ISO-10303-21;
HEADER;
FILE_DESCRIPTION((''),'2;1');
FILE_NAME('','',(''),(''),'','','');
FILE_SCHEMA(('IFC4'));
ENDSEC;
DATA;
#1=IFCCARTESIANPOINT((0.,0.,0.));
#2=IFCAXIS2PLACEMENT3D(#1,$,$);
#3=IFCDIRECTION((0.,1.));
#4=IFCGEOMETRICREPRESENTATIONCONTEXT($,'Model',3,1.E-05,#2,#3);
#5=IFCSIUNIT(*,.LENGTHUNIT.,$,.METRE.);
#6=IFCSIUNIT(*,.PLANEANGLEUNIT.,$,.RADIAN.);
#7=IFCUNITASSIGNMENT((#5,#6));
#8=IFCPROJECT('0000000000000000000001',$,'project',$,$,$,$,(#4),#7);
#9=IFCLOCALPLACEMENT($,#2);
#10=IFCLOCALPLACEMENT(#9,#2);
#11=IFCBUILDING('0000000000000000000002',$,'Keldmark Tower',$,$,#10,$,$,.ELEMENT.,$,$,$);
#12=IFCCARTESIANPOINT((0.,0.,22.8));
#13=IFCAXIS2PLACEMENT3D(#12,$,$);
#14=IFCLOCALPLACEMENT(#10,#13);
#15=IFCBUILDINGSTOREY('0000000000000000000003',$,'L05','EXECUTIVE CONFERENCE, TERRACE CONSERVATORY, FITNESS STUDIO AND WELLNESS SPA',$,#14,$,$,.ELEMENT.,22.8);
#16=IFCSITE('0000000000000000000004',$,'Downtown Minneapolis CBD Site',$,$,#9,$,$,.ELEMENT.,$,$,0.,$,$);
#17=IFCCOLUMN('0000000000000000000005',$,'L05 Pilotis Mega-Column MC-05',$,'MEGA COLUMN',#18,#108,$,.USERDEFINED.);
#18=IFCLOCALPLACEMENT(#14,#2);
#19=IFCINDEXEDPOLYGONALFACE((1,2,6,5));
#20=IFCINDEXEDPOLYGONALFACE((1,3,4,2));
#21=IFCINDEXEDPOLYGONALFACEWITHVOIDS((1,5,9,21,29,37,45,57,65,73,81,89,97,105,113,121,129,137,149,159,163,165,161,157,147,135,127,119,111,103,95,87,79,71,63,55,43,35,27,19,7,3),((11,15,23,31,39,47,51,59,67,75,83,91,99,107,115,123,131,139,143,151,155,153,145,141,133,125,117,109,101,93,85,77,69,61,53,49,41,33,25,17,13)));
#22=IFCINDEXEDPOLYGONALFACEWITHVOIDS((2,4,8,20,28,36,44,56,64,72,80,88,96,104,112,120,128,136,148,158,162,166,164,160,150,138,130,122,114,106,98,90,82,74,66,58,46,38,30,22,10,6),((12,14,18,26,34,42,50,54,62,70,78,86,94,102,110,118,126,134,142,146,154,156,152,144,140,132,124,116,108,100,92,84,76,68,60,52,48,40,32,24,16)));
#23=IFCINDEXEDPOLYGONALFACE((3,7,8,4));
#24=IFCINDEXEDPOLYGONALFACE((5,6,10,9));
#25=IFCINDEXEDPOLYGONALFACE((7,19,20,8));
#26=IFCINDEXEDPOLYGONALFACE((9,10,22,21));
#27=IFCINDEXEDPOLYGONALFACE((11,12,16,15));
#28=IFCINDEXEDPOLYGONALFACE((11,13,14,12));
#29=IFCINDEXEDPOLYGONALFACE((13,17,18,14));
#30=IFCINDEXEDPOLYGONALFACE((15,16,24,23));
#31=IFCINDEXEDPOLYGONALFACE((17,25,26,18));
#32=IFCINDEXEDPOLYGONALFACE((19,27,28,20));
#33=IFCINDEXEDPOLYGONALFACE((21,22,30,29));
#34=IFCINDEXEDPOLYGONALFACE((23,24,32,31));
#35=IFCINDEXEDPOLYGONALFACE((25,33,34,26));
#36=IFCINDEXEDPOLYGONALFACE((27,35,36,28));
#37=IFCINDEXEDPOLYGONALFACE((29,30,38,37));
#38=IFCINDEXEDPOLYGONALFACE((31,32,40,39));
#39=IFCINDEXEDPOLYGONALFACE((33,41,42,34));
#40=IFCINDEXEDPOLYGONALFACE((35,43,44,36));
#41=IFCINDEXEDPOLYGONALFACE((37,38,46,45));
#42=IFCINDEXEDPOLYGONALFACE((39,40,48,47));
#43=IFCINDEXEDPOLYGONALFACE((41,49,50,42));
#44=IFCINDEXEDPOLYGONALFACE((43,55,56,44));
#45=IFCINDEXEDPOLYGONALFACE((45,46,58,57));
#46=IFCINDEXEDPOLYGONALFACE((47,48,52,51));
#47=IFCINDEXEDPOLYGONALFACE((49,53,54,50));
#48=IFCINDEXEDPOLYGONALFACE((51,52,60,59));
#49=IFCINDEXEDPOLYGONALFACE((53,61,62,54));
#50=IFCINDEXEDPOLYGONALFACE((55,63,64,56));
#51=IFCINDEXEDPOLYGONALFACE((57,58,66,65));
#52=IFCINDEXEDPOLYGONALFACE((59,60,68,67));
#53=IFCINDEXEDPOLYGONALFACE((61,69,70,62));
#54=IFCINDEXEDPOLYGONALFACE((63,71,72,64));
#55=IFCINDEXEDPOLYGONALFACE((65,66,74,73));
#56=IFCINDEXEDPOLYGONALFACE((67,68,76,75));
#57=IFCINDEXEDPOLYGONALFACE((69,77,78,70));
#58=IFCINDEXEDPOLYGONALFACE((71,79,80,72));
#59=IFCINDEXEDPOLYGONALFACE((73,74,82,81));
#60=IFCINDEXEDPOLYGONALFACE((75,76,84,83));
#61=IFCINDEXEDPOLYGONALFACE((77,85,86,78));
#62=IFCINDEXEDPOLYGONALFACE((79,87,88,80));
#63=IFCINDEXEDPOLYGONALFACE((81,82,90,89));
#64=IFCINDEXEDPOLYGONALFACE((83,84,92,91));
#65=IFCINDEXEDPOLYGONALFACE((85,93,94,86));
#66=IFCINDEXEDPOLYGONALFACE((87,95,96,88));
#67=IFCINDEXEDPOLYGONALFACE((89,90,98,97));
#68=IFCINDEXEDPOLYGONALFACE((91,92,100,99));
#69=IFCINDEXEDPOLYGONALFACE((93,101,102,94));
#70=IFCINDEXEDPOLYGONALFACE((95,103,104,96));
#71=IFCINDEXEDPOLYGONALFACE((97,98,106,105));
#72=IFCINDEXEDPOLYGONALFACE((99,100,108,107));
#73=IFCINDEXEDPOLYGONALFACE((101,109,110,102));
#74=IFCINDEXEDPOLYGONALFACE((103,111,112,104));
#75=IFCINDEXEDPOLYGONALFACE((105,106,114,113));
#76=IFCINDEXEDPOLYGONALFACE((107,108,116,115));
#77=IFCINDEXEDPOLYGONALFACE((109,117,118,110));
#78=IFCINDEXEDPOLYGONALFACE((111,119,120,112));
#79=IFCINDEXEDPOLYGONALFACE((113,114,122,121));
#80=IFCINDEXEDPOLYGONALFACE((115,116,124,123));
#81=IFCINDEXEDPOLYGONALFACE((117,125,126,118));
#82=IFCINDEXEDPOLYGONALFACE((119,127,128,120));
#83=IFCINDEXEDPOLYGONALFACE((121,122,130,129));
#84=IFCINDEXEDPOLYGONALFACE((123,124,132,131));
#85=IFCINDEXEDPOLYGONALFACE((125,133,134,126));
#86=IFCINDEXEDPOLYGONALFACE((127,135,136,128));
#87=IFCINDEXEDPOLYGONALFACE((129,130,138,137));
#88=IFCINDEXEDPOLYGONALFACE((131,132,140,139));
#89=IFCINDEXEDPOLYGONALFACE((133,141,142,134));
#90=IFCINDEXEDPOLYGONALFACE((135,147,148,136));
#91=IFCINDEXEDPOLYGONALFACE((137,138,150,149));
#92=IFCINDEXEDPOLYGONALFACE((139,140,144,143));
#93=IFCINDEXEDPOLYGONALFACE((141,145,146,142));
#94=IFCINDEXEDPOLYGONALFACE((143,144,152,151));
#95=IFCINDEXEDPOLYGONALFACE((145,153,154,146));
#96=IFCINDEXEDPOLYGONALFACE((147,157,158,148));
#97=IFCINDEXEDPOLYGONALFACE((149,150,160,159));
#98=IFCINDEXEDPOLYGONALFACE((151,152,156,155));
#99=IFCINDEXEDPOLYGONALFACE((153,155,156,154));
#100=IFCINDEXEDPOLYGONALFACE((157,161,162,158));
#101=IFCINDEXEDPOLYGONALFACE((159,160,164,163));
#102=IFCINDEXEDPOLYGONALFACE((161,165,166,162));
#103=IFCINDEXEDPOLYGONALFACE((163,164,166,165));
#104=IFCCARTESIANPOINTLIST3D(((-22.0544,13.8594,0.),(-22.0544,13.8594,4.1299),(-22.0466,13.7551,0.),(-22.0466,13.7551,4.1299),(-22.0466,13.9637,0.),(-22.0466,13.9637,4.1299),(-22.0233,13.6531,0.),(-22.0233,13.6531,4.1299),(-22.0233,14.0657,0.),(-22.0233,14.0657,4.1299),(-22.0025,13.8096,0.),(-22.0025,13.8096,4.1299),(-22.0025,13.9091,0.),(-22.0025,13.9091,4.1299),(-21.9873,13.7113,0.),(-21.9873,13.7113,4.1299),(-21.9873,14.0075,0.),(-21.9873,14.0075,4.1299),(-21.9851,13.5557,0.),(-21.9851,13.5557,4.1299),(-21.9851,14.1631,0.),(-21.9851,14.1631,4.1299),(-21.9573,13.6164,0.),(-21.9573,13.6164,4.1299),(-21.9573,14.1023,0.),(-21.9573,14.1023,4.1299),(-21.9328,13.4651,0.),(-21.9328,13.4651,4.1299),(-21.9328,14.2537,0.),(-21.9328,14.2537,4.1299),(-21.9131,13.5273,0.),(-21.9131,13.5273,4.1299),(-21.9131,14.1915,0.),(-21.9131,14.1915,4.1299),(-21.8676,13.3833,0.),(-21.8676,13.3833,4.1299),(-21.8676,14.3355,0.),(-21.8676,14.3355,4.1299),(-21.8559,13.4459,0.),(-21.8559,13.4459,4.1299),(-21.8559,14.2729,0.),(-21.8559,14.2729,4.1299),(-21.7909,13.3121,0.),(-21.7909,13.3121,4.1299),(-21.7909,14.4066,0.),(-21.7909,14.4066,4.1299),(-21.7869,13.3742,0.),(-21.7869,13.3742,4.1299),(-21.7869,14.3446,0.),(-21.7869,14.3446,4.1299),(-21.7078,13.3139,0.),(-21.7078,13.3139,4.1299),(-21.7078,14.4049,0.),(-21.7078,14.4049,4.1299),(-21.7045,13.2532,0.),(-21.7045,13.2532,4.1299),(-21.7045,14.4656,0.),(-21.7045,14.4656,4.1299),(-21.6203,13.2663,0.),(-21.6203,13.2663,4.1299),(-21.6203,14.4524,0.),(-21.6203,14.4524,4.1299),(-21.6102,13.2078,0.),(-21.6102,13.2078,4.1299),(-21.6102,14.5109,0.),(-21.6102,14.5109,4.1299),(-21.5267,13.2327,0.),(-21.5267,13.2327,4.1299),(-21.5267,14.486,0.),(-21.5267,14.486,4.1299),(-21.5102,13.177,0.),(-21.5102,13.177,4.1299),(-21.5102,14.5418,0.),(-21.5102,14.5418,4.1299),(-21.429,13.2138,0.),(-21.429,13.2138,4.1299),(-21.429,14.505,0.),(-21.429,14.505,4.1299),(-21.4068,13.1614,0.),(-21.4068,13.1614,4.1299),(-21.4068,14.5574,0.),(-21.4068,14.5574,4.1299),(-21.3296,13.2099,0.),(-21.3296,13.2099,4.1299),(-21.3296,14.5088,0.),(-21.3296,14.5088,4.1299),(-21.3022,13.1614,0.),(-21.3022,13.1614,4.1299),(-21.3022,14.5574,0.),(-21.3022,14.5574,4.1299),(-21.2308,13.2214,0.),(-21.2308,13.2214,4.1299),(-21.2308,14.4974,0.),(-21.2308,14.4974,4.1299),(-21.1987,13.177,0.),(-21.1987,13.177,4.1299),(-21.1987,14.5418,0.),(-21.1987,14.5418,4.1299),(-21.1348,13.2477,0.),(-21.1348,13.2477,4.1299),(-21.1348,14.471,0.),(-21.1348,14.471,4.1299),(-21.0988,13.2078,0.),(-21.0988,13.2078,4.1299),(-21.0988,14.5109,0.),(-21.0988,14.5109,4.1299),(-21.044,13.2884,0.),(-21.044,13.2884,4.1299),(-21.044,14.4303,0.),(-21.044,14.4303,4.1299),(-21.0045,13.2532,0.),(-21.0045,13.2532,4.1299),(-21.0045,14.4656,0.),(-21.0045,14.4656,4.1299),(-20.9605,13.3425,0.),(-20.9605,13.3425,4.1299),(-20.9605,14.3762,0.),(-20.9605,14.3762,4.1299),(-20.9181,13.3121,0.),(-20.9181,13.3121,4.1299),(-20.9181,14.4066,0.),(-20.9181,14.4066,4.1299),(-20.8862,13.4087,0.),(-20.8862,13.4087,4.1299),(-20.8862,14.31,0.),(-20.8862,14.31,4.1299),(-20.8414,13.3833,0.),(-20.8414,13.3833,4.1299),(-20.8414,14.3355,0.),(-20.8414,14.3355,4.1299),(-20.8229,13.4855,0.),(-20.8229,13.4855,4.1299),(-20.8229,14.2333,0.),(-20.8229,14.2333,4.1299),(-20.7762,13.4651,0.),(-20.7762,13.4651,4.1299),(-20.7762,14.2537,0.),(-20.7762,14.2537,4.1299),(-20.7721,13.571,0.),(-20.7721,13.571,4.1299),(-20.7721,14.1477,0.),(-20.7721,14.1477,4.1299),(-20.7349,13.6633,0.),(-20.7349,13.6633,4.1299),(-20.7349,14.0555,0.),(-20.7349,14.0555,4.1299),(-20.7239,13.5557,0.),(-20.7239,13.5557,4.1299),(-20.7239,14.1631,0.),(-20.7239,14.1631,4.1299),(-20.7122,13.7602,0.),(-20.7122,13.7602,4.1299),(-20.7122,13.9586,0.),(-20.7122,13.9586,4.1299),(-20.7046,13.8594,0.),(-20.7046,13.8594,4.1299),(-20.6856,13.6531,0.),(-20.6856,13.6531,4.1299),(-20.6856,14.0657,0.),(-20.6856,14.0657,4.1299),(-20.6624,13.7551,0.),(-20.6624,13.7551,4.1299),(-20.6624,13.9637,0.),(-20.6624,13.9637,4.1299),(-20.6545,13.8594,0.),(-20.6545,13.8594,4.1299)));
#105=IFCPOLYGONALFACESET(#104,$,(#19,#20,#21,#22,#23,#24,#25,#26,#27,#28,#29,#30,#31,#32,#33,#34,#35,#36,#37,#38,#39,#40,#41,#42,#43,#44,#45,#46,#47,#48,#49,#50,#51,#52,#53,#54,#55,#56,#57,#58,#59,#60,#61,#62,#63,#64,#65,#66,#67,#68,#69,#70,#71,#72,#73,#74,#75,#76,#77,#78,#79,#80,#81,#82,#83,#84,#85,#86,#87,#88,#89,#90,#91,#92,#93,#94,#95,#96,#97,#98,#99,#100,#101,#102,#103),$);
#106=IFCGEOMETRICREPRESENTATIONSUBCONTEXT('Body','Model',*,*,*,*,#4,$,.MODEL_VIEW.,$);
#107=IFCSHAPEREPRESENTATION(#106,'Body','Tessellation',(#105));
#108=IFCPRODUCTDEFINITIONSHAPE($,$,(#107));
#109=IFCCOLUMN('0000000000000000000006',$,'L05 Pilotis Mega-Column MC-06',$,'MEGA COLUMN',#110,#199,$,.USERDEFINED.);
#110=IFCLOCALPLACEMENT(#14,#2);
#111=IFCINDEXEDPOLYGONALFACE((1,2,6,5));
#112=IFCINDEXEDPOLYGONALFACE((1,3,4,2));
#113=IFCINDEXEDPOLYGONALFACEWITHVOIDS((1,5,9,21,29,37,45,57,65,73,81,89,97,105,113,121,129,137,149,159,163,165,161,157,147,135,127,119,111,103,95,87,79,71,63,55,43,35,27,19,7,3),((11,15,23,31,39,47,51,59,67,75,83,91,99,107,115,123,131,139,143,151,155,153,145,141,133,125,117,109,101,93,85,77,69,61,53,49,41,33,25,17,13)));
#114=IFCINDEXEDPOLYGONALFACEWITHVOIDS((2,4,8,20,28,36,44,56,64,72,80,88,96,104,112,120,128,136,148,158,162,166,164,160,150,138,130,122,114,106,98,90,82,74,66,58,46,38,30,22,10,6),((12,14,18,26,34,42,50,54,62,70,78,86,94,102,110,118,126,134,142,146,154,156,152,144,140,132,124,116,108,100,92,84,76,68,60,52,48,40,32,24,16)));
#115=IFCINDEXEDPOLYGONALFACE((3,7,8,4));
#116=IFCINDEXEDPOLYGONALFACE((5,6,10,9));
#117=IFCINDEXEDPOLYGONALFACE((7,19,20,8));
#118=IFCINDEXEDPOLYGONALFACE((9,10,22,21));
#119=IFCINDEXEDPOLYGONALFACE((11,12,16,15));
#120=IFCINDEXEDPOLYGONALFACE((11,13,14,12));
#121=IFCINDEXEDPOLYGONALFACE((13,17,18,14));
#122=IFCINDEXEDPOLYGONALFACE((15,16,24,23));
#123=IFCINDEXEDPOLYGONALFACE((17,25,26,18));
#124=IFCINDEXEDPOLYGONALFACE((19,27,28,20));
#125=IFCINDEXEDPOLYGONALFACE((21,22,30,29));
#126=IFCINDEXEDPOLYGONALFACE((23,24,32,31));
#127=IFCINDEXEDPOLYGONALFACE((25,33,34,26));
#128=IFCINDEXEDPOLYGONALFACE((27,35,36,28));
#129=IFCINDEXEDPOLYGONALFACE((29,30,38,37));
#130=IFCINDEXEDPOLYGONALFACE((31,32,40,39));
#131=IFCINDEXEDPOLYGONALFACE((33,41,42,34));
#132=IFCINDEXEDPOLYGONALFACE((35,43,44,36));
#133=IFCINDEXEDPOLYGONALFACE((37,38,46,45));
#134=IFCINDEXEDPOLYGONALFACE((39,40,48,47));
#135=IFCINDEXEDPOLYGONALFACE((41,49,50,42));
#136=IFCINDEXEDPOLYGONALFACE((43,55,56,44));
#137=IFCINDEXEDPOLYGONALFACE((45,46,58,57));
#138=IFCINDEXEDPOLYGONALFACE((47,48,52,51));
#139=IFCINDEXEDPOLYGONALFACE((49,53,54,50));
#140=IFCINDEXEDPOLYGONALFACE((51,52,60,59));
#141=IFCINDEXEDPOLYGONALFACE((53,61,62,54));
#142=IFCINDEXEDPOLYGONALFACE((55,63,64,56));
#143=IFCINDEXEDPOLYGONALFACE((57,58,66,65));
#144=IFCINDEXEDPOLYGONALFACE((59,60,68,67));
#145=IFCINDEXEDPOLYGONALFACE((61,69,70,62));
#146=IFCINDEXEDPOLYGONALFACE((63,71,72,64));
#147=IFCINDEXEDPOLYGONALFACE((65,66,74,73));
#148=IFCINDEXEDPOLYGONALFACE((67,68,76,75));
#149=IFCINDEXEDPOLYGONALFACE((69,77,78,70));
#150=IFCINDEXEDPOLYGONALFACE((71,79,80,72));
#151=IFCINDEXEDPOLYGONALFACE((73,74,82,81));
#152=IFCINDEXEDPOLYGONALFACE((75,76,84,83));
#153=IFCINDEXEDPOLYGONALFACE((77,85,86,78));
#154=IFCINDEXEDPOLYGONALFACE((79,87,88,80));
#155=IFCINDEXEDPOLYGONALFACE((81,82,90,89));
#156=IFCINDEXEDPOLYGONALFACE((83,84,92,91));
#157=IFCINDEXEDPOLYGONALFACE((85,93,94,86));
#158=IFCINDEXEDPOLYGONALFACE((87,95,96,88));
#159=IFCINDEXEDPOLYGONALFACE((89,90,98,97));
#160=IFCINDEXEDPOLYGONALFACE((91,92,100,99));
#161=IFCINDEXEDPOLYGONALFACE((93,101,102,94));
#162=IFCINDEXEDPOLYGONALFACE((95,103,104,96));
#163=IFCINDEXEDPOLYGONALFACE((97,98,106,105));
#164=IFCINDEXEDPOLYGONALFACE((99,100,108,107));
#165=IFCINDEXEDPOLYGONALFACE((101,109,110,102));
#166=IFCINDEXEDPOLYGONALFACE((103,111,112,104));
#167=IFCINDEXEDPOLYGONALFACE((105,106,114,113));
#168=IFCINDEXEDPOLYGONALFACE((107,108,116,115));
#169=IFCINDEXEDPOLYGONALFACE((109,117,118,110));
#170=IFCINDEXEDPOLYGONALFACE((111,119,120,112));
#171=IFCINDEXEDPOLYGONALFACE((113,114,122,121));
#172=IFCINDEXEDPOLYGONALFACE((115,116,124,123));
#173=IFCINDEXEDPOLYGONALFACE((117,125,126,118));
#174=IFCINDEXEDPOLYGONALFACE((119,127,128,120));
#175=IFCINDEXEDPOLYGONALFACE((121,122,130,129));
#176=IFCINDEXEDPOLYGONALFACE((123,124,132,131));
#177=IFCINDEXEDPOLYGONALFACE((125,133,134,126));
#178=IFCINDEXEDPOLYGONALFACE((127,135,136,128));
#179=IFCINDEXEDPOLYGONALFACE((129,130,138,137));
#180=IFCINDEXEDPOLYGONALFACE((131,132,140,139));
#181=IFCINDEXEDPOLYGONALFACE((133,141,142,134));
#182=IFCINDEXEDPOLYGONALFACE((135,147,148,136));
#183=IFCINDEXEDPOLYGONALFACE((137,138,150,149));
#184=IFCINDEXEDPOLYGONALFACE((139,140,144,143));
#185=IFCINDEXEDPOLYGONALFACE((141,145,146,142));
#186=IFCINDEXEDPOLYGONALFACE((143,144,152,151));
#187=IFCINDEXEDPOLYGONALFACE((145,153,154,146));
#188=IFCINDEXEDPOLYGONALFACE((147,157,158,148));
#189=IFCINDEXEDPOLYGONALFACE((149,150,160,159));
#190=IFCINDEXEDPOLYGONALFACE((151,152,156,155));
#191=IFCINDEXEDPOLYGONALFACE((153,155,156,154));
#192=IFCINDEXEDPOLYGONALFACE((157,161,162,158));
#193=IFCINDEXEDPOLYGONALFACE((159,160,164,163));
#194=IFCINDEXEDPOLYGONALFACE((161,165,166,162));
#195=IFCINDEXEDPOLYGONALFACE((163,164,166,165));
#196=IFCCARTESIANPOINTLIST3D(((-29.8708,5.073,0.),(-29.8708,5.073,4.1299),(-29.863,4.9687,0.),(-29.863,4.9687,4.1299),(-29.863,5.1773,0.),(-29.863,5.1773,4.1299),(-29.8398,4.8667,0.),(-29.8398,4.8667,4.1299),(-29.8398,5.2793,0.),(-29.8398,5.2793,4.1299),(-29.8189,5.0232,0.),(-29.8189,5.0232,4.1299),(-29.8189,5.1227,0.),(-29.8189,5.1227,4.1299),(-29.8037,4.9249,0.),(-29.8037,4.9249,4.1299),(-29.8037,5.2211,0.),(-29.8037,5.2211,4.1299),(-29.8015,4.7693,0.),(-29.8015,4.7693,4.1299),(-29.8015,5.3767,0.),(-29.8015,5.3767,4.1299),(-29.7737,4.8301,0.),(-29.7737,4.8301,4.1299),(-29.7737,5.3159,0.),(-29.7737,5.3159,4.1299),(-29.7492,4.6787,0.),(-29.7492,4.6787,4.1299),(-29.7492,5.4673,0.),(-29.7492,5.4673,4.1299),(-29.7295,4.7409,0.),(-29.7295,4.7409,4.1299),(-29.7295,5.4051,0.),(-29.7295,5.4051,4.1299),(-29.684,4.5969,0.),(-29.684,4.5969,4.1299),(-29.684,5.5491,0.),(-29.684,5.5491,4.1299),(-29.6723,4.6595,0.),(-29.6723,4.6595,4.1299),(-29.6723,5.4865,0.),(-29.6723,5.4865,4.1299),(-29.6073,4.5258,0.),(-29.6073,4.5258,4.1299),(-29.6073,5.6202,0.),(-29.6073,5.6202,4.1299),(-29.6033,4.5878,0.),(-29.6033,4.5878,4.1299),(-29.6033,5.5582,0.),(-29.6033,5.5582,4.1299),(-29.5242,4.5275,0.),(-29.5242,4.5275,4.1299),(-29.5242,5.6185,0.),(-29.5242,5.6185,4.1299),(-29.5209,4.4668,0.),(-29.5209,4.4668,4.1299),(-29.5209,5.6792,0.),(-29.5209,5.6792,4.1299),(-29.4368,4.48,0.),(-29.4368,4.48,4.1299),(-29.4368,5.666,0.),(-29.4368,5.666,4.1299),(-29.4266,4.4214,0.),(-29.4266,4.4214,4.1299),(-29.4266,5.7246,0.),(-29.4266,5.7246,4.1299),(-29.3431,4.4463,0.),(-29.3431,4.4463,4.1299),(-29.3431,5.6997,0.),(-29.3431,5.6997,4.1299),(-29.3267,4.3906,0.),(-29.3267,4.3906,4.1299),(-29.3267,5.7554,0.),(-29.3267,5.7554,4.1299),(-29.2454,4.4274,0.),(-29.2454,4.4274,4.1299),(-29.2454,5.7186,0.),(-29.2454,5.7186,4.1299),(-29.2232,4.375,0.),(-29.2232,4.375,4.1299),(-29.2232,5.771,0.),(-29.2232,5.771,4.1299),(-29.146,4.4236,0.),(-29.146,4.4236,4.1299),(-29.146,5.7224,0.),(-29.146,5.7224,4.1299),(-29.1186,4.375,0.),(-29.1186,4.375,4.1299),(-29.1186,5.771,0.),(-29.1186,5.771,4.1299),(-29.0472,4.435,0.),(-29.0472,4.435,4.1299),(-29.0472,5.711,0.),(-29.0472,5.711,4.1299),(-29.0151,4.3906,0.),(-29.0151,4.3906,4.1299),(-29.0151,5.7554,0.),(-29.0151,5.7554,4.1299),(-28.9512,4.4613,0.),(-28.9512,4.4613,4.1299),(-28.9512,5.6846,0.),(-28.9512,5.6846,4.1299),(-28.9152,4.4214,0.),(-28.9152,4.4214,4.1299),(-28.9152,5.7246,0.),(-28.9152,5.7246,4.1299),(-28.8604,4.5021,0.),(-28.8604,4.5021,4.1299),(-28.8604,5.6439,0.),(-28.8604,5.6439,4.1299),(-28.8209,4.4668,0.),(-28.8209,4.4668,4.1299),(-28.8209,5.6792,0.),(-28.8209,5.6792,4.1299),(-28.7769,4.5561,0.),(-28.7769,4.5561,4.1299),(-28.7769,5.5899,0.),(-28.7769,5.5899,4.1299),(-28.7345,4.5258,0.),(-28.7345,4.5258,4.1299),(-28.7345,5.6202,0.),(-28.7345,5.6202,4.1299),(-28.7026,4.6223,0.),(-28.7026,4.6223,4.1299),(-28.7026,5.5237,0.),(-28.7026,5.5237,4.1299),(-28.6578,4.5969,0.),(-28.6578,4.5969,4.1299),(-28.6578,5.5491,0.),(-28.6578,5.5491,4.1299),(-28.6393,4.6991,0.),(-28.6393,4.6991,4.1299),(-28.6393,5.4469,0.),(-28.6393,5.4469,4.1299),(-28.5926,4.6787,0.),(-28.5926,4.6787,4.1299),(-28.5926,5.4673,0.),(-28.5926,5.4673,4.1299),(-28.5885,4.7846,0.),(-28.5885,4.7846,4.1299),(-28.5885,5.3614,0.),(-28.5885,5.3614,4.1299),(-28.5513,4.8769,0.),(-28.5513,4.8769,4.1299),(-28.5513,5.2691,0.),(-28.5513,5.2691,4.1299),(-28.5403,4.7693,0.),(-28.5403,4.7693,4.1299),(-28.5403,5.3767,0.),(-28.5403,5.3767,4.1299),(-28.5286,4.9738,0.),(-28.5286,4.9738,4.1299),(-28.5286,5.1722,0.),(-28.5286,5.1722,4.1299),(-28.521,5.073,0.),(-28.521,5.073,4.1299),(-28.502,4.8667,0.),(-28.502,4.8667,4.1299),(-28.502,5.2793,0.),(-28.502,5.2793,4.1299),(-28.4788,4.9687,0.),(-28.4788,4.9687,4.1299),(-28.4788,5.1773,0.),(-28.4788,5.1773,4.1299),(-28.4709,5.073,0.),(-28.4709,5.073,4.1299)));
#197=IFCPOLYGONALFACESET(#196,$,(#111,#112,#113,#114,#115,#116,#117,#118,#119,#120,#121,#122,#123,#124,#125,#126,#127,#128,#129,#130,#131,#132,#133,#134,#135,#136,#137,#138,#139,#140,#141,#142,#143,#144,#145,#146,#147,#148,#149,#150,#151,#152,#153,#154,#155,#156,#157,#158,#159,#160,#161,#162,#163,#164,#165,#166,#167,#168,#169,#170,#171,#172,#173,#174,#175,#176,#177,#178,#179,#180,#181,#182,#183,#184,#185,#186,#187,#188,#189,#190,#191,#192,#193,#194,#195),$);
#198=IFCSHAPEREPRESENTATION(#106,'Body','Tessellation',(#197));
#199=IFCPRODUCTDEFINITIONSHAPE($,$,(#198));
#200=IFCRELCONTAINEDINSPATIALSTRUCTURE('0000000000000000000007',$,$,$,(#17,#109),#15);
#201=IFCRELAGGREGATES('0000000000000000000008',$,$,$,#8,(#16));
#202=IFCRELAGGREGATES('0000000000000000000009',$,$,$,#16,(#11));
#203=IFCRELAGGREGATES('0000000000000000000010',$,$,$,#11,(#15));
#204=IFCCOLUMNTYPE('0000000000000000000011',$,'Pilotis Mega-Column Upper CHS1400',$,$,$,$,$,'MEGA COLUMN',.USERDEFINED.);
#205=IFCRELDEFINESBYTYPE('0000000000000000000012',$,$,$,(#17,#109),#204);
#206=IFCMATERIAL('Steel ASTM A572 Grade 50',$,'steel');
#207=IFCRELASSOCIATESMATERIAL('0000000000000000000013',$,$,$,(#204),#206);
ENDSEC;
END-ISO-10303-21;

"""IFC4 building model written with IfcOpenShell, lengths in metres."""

from ifc_helpers import new_model, si_unit, direction, frame, origin, origin_2d, place, context, subcontext, project, spatial, hollow_circle, extrude, material, material_profile, profile_set, type_object, element, save


model = new_model("IFC4")

# Units and contexts
model_context = context("Model", 3, precision=1e-05, world=origin(), true_north=direction((0.0, 1.0)))
body_context = subcontext(model_context, "Body", "Model", "MODEL_VIEW")
ifc_project = project(units=[si_unit("LENGTHUNIT", "METRE"), si_unit("PLANEANGLEUNIT", "RADIAN")], contexts=[model_context])

# Site, building, storey
site_placement = place(None, origin())
site = spatial("IfcSite", under=ifc_project, at=site_placement, Name="Downtown Minneapolis CBD Site", CompositionType="ELEMENT", RefElevation=0.0)
building_placement = place(site_placement, origin())
building = spatial("IfcBuilding", under=site, at=building_placement, Name="Keldmark Tower", CompositionType="ELEMENT")
storey_placement = place(building_placement, frame((0.0, 0.0, 22.8)))
storey = spatial("IfcBuildingStorey", under=building, at=storey_placement, Name="L05", Description="EXECUTIVE CONFERENCE, TERRACE CONSERVATORY, FITNESS STUDIO AND WELLNESS SPA", CompositionType="ELEMENT", Elevation=22.8)

# Columns
ifc_material_1 = material(Name="Steel ASTM A572 Grade 50", Category="steel")
ifc_material_profile_1 = material_profile(ifc_material_1, hollow_circle(Radius=0.7, WallThickness=0.05, at=origin_2d()), Name="CHS1400X50")
ifc_profile_set_1 = profile_set([ifc_material_profile_1], Name="Steel ASTM A572 Grade 50")
column_type = type_object("IfcColumnType", Name="Pilotis Mega-Column Upper CHS1400", ElementType="MEGA COLUMN", PredefinedType="USERDEFINED", material=ifc_profile_set_1)
for number, where, z_axis, x_axis, name in (
    (1, (-21.3545, 13.8594, 0.0), (0.0, 0.0, 1.0), (1.0, 0.0, 0.0), "L05 Pilotis Mega-Column MC-05"),
    (2, (-29.1709, 5.073, 0.0), (0.0, 0.0, 1.0), (1.0, 0.0, 0.0), "L05 Pilotis Mega-Column MC-06"),
):
    element("IfcColumn", number, at=place(storey_placement, frame(where, z_axis=z_axis, x_axis=x_axis)), inside=storey, type_object=column_type, Name=name, ObjectType="MEGA COLUMN", PredefinedType="USERDEFINED", context=body_context, shape_type="SweptSolid", body=[
        extrude(hollow_circle(Radius=0.7, WallThickness=0.05, at=origin_2d()), origin(), (0.0, 0.0, 1.0), 4.1299),
    ])

save(model, "model.ifc")
